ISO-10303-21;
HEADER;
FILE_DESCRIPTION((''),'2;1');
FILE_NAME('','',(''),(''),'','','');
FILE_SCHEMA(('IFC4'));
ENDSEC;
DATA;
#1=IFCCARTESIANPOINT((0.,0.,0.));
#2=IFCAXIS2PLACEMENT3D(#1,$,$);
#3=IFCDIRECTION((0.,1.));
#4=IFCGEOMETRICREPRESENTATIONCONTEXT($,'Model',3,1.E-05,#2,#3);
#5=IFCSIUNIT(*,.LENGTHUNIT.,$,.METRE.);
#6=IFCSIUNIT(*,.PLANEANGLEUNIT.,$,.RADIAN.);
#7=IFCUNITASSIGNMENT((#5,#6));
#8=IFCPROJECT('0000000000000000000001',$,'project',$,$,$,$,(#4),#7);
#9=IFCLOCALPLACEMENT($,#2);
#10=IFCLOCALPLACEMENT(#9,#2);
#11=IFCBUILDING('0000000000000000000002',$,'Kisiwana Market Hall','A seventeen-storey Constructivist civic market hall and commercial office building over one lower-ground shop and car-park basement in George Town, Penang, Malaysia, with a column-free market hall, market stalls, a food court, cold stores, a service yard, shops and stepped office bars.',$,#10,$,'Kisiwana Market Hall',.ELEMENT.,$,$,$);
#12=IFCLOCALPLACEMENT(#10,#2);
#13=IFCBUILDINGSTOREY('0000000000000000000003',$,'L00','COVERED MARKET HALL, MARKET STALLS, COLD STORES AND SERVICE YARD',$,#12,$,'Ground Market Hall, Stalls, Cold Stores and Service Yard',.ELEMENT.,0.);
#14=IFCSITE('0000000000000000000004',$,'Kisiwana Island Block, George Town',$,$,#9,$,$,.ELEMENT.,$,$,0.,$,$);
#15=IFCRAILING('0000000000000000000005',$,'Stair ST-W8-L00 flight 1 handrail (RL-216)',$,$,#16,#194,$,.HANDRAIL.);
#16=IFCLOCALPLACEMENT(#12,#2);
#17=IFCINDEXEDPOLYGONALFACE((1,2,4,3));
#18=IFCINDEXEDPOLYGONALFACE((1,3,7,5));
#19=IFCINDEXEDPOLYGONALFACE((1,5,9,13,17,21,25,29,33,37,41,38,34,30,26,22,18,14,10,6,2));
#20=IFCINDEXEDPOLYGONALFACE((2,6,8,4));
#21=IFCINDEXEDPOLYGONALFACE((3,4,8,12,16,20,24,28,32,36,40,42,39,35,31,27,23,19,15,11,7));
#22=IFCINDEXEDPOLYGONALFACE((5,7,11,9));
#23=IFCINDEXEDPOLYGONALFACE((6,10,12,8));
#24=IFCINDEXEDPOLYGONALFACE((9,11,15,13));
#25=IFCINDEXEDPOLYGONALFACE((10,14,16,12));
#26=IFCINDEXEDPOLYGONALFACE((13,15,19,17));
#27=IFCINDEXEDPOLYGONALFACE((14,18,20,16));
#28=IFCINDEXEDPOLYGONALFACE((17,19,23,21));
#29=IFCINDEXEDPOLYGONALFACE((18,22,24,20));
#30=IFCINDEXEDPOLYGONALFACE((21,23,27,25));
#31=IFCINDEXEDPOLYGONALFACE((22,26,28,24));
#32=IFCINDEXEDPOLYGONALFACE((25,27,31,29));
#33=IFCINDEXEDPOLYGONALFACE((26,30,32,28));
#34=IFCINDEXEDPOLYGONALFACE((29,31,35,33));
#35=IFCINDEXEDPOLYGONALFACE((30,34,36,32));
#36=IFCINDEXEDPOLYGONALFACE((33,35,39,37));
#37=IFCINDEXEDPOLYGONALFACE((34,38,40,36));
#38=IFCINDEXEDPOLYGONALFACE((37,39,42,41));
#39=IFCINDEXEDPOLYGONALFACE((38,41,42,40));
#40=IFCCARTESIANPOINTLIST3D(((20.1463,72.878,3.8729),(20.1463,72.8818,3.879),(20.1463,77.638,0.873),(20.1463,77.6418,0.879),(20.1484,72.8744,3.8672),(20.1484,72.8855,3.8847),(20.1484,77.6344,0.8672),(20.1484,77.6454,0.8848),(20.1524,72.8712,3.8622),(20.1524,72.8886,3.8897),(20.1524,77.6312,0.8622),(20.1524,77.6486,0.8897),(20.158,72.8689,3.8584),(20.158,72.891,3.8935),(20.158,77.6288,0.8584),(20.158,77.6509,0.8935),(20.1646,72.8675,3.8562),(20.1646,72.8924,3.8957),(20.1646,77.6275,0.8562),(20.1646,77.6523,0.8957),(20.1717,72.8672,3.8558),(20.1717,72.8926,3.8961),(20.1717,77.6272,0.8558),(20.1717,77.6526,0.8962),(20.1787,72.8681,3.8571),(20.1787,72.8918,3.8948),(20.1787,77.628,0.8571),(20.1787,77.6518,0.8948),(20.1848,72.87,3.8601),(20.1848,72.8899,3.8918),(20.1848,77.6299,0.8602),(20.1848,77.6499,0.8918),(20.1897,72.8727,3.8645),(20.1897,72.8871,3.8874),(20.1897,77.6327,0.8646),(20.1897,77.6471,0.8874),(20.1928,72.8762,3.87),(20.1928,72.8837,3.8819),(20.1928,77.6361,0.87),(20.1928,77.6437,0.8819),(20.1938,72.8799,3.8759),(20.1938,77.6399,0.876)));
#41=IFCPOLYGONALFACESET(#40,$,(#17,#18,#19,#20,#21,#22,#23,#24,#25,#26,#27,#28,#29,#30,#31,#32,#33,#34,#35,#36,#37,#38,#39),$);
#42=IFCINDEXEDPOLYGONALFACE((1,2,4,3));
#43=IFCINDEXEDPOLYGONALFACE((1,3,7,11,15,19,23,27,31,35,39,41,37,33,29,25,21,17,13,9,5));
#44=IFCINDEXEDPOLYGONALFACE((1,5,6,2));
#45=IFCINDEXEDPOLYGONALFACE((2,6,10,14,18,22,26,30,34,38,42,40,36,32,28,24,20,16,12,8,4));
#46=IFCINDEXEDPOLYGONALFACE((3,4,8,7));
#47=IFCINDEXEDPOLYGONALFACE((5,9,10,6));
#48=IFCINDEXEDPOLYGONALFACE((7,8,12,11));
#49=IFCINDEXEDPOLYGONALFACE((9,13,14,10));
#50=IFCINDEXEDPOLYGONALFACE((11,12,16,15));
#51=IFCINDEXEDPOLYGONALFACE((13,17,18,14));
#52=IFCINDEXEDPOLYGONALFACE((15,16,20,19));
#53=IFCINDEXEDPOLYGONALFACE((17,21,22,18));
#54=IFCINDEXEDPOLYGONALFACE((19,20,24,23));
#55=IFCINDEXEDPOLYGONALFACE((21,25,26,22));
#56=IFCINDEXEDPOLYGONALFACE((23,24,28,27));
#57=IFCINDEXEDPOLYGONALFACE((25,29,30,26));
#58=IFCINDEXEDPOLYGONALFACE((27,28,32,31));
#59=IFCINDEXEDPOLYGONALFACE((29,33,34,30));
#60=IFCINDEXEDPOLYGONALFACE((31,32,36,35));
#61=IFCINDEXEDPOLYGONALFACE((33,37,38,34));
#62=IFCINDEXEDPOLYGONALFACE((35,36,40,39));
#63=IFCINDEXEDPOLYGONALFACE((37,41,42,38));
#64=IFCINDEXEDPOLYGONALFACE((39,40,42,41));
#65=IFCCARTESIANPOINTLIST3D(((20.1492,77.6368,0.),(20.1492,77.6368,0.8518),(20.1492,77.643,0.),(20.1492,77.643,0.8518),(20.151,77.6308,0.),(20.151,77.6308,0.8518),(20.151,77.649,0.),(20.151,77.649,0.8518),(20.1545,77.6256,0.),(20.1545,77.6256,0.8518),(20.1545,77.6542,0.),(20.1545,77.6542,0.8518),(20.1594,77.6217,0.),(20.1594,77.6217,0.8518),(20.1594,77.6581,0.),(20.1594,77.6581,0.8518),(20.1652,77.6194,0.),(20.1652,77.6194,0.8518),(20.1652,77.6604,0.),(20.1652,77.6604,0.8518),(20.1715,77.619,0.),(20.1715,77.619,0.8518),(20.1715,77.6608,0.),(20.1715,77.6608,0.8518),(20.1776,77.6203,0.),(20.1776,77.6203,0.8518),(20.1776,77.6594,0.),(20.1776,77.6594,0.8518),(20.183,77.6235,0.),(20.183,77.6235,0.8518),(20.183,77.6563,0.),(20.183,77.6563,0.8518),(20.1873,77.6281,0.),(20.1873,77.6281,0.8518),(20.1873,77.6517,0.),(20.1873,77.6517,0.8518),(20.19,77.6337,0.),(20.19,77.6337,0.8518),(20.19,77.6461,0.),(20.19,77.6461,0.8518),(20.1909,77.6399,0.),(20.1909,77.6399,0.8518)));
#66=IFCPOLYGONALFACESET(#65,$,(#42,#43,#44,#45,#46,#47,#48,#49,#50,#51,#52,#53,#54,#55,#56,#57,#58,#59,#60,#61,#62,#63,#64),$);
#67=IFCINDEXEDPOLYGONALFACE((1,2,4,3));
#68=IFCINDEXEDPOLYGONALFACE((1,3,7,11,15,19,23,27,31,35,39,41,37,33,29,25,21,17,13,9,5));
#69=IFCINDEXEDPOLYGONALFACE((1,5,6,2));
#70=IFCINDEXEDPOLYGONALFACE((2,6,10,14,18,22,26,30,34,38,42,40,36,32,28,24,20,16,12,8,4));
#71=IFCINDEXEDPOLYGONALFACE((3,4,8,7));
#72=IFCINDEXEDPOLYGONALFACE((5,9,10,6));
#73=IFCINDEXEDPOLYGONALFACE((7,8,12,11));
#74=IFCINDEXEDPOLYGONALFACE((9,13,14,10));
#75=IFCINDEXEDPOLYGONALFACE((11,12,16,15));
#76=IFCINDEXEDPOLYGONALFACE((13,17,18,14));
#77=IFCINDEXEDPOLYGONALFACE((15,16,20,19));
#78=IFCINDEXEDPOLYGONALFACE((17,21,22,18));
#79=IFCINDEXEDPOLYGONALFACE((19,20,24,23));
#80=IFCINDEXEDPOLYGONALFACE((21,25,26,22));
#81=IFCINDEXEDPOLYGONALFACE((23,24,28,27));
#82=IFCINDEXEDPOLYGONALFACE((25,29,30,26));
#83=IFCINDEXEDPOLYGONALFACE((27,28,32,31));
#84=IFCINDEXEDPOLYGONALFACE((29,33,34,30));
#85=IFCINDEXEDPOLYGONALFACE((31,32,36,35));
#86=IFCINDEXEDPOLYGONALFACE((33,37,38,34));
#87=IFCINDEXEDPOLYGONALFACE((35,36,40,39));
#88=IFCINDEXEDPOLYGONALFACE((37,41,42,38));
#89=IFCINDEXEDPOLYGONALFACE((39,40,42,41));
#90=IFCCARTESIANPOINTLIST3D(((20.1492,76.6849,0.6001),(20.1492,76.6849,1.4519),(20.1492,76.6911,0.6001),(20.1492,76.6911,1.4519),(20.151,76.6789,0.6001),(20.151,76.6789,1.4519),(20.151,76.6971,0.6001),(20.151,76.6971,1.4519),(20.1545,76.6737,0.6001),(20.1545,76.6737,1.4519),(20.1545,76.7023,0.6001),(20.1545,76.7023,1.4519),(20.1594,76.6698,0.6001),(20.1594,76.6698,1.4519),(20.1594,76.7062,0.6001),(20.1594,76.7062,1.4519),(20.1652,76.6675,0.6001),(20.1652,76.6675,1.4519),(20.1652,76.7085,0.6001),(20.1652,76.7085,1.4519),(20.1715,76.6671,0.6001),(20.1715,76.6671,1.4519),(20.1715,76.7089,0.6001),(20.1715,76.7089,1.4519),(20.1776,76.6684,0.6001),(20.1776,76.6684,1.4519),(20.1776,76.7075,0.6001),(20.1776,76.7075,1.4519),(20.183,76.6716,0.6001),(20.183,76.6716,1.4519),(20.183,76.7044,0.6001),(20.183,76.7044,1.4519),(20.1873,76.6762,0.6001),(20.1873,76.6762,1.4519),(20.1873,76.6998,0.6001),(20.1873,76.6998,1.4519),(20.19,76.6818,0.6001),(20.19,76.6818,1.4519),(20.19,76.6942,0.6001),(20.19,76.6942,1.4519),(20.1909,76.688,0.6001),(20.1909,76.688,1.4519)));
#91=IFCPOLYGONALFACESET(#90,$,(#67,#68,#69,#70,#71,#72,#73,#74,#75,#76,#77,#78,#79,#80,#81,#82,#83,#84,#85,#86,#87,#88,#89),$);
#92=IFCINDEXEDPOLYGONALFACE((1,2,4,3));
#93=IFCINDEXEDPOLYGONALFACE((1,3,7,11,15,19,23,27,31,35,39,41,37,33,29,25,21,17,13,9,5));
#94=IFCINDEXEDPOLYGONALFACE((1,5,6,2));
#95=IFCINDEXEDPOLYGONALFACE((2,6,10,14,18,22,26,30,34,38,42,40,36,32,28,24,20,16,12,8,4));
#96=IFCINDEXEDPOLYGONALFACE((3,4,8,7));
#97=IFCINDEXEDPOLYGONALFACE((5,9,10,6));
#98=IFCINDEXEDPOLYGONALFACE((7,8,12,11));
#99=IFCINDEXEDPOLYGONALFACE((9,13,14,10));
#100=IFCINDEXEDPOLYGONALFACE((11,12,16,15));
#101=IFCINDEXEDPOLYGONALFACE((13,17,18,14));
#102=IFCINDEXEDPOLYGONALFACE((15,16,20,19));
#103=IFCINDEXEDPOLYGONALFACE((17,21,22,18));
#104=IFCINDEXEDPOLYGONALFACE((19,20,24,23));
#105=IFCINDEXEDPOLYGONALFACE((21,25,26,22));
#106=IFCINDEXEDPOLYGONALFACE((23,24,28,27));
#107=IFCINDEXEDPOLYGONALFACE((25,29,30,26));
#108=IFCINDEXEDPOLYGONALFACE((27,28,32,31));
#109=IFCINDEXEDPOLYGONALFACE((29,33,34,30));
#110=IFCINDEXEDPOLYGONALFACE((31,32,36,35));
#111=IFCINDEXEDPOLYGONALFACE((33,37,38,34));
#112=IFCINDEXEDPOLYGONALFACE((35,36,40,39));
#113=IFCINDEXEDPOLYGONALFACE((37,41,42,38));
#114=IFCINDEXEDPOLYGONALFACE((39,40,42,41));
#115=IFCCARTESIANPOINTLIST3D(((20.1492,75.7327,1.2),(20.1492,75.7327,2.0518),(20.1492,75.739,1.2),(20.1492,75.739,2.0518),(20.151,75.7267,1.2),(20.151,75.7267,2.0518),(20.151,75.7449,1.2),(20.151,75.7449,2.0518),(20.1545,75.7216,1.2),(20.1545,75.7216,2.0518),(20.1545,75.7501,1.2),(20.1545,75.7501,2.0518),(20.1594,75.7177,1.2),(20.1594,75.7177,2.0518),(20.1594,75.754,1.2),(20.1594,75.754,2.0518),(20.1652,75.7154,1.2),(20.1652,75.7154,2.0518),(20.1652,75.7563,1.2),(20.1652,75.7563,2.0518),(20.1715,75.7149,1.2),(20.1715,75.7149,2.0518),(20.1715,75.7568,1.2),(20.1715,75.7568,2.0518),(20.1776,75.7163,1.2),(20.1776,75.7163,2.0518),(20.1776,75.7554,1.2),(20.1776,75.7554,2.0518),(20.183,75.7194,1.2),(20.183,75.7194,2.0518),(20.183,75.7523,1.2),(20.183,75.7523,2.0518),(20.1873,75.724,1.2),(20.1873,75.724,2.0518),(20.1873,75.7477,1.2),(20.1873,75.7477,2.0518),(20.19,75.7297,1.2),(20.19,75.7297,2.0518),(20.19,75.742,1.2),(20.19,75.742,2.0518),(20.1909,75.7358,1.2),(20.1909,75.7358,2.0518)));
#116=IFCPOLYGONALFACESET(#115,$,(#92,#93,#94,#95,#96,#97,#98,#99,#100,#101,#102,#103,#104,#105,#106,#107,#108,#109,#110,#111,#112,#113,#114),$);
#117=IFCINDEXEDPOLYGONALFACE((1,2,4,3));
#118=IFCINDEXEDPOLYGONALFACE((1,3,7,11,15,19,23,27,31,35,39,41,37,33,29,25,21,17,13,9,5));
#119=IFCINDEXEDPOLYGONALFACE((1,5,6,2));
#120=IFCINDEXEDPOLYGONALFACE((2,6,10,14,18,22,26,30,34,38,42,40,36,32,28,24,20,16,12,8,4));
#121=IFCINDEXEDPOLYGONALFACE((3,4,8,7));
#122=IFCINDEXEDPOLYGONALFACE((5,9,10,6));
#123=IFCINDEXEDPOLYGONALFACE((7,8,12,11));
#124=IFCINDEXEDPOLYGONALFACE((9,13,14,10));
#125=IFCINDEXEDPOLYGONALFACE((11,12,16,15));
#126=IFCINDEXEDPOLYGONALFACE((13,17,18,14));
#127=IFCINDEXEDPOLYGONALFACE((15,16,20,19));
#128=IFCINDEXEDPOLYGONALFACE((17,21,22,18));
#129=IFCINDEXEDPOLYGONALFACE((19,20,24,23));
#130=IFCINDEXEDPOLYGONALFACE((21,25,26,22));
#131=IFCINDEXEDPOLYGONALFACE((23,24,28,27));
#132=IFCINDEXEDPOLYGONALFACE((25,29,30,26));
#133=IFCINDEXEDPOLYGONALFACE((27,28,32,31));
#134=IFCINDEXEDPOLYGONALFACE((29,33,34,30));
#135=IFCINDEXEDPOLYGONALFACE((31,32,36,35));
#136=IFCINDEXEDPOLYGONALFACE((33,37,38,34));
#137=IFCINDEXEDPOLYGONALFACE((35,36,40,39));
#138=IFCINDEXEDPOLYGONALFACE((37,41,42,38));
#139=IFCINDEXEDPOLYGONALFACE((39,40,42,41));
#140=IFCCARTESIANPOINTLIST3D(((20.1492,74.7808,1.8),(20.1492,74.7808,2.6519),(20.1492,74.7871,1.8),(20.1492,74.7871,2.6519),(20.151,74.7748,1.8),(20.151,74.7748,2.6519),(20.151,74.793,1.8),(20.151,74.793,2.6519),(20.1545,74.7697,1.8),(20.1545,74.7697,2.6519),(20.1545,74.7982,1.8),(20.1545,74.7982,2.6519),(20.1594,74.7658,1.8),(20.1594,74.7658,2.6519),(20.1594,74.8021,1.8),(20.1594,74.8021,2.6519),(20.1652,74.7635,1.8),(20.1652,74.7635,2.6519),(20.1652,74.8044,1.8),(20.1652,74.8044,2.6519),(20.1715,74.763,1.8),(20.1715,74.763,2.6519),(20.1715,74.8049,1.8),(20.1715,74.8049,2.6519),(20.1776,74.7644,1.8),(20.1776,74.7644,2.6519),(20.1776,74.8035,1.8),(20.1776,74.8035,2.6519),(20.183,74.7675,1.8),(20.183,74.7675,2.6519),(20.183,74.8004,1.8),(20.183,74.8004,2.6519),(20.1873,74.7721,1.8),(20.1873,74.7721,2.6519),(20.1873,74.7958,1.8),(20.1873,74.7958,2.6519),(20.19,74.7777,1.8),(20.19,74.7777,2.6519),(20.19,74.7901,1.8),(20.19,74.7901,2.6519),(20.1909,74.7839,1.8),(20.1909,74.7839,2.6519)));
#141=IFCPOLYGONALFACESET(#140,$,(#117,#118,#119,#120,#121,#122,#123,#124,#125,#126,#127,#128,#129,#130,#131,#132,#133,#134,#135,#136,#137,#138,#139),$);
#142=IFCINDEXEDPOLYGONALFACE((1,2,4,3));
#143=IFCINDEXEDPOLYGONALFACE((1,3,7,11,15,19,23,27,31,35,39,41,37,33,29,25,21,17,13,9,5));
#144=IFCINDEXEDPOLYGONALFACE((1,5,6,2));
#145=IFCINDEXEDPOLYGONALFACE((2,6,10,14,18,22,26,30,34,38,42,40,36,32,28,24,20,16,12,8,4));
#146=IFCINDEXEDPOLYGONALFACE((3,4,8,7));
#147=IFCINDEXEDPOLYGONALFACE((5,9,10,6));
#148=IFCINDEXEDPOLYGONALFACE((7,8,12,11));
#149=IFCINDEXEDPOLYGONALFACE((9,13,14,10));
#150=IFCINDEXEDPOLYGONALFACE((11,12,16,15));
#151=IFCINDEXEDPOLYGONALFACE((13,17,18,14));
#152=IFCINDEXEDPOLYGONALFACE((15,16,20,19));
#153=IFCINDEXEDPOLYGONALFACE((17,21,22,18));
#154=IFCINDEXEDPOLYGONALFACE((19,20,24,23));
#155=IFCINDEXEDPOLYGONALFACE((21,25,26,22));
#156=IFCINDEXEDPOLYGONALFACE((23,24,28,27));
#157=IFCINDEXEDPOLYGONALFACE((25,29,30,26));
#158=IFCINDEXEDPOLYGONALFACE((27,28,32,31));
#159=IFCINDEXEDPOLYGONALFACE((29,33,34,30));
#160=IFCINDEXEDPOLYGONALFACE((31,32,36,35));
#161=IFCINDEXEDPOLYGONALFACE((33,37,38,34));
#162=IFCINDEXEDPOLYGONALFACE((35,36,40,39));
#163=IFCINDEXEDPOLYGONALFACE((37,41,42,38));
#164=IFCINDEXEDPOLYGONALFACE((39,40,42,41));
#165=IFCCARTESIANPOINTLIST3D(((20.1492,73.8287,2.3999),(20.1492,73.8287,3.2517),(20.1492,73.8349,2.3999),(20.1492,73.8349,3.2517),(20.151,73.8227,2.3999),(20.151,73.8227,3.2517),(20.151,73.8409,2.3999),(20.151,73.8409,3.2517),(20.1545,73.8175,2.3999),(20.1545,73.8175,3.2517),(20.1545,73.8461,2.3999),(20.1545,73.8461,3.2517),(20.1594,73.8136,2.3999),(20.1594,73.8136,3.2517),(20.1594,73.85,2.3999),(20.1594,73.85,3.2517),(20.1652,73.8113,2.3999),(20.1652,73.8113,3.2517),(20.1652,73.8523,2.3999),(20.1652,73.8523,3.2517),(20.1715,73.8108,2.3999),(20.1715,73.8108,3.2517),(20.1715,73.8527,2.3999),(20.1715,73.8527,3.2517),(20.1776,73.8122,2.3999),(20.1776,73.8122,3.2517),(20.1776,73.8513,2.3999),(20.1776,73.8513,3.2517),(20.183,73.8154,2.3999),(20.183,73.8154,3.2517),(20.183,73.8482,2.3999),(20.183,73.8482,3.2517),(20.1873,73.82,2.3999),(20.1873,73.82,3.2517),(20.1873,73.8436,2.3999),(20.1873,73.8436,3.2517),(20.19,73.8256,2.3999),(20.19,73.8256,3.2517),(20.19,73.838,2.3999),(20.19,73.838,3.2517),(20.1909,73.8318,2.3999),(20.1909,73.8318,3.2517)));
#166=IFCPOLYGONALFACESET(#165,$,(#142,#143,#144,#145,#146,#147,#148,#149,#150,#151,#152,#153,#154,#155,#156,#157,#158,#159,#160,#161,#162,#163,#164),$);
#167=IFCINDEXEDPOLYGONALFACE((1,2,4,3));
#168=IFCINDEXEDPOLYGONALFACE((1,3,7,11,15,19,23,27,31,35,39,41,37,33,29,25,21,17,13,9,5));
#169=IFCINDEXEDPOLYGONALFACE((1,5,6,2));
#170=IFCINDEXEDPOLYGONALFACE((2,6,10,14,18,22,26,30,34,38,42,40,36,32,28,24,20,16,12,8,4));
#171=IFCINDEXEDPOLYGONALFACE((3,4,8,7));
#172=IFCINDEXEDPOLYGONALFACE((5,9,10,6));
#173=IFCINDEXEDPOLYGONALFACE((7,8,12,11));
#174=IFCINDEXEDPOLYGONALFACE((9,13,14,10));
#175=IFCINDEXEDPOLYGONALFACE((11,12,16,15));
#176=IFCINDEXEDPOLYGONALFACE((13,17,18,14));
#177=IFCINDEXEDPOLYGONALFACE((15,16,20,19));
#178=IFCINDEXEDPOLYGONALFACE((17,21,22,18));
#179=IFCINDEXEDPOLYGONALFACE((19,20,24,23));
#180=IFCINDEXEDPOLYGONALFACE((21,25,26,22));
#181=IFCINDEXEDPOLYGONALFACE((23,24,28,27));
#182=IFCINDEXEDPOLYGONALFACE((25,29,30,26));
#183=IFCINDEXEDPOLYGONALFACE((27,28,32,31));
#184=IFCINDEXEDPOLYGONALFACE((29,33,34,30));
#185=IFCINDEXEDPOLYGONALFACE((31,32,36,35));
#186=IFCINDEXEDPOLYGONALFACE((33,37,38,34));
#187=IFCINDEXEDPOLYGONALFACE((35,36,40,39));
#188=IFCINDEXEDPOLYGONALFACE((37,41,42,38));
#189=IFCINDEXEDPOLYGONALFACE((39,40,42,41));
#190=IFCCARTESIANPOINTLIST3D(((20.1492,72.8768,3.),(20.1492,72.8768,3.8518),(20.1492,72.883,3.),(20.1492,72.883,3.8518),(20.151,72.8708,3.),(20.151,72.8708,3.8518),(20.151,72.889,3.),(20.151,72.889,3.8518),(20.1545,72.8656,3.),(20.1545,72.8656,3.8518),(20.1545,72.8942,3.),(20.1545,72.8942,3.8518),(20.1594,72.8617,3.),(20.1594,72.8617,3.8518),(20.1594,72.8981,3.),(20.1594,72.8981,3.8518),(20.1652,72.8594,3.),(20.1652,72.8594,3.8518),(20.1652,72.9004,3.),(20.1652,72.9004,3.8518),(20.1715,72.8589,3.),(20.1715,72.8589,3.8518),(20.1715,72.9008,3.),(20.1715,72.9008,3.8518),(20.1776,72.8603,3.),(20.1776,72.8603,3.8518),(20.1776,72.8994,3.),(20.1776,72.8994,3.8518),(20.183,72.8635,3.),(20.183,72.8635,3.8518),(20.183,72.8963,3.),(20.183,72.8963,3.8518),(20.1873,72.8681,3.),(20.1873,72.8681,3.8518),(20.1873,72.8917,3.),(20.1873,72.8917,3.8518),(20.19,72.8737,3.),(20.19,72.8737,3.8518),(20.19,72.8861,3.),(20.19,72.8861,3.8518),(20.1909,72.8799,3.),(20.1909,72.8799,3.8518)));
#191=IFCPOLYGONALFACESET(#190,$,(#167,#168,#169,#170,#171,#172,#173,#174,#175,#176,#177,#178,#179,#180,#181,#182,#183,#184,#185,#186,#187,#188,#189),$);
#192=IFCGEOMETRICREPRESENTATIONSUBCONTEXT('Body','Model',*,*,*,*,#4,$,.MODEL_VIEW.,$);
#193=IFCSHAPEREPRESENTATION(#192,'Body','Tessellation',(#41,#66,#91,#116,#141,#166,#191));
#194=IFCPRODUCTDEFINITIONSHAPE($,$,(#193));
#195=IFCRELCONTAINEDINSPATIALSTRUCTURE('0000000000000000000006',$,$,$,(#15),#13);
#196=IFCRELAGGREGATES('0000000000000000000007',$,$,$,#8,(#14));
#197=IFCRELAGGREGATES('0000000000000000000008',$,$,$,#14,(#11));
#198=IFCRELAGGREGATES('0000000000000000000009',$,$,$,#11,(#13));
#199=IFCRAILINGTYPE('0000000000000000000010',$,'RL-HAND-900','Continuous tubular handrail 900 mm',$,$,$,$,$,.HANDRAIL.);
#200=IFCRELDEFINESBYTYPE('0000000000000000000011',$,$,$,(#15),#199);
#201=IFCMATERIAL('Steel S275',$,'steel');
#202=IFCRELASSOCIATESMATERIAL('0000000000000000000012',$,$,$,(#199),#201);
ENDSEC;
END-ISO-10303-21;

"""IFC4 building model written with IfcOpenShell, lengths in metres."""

from ifc_helpers import new_model, si_unit, direction, frame, origin, origin_2d, place, context, subcontext, project, spatial, circle, extrude, material, type_object, element, save


model = new_model("IFC4")

# Units and contexts
model_context = context("Model", 3, precision=1e-05, world=origin(), true_north=direction((0.0, 1.0)))
body_context = subcontext(model_context, "Body", "Model", "MODEL_VIEW")
ifc_project = project(units=[si_unit("LENGTHUNIT", "METRE"), si_unit("PLANEANGLEUNIT", "RADIAN")], contexts=[model_context])

# Site, building, storey
site_placement = place(None, origin())
site = spatial("IfcSite", under=ifc_project, at=site_placement, Name="Kisiwana Island Block, George Town", CompositionType="ELEMENT", RefElevation=0.0)
building_placement = place(site_placement, origin())
building = spatial("IfcBuilding", under=site, at=building_placement, Name="Kisiwana Market Hall", Description="A seventeen-storey Constructivist civic market hall and commercial office building over one lower-ground shop and car-park basement in George Town, Penang, Malaysia, with a column-free market hall, market stalls, a food court, cold stores, a service yard, shops and stepped office bars.", LongName="Kisiwana Market Hall", CompositionType="ELEMENT")
storey_placement = place(building_placement, origin())
storey = spatial("IfcBuildingStorey", under=building, at=storey_placement, Name="L00", Description="COVERED MARKET HALL, MARKET STALLS, COLD STORES AND SERVICE YARD", LongName="Ground Market Hall, Stalls, Cold Stores and Service Yard", CompositionType="ELEMENT", Elevation=0.0)

# Railing
ifc_material_1 = material(Name="Steel S275", Category="steel")
railing_type_1 = type_object("IfcRailingType", Name="RL-HAND-900", Description="Continuous tubular handrail 900 mm", PredefinedType="HANDRAIL", material=ifc_material_1)
for number, where, name in (
    (1, (20.1699, 77.6399, 0.0), "Stair ST-W8-L00 flight 1 handrail (RL-216)"),
):
    element("IfcRailing", number, at=place(storey_placement, frame(where)), inside=storey, type_object=railing_type_1, Name=name, PredefinedType="HANDRAIL", context=body_context, shape_type="SweptSolid", body=[
        extrude(circle(Radius=0.0239, at=origin_2d()), frame((0.0, 0.0, 0.876), z_axis=(0.0, -0.845996, 0.53319), x_axis=(1.0, 0.0, 0.0)), (0.0, 0.0, 1.0), 5.6265),
        extrude(circle(Radius=0.021, at=origin_2d()), origin(), (0.0, 0.0, 1.0), 0.8518),
        extrude(circle(Radius=0.021, at=origin_2d()), frame((0.0, -0.9519, 0.6001)), (0.0, 0.0, 1.0), 0.8518),
        extrude(circle(Radius=0.021, at=origin_2d()), frame((0.0, -1.9041, 1.2)), (0.0, 0.0, 1.0), 0.8518),
        extrude(circle(Radius=0.021, at=origin_2d()), frame((0.0, -2.856, 1.8)), (0.0, 0.0, 1.0), 0.8518),
        extrude(circle(Radius=0.021, at=origin_2d()), frame((0.0, -3.8081, 2.3999)), (0.0, 0.0, 1.0), 0.8518),
        extrude(circle(Radius=0.021, at=origin_2d()), frame((0.0, -4.76, 3.0)), (0.0, 0.0, 1.0), 0.8518),
    ])

save(model, "model.ifc")
